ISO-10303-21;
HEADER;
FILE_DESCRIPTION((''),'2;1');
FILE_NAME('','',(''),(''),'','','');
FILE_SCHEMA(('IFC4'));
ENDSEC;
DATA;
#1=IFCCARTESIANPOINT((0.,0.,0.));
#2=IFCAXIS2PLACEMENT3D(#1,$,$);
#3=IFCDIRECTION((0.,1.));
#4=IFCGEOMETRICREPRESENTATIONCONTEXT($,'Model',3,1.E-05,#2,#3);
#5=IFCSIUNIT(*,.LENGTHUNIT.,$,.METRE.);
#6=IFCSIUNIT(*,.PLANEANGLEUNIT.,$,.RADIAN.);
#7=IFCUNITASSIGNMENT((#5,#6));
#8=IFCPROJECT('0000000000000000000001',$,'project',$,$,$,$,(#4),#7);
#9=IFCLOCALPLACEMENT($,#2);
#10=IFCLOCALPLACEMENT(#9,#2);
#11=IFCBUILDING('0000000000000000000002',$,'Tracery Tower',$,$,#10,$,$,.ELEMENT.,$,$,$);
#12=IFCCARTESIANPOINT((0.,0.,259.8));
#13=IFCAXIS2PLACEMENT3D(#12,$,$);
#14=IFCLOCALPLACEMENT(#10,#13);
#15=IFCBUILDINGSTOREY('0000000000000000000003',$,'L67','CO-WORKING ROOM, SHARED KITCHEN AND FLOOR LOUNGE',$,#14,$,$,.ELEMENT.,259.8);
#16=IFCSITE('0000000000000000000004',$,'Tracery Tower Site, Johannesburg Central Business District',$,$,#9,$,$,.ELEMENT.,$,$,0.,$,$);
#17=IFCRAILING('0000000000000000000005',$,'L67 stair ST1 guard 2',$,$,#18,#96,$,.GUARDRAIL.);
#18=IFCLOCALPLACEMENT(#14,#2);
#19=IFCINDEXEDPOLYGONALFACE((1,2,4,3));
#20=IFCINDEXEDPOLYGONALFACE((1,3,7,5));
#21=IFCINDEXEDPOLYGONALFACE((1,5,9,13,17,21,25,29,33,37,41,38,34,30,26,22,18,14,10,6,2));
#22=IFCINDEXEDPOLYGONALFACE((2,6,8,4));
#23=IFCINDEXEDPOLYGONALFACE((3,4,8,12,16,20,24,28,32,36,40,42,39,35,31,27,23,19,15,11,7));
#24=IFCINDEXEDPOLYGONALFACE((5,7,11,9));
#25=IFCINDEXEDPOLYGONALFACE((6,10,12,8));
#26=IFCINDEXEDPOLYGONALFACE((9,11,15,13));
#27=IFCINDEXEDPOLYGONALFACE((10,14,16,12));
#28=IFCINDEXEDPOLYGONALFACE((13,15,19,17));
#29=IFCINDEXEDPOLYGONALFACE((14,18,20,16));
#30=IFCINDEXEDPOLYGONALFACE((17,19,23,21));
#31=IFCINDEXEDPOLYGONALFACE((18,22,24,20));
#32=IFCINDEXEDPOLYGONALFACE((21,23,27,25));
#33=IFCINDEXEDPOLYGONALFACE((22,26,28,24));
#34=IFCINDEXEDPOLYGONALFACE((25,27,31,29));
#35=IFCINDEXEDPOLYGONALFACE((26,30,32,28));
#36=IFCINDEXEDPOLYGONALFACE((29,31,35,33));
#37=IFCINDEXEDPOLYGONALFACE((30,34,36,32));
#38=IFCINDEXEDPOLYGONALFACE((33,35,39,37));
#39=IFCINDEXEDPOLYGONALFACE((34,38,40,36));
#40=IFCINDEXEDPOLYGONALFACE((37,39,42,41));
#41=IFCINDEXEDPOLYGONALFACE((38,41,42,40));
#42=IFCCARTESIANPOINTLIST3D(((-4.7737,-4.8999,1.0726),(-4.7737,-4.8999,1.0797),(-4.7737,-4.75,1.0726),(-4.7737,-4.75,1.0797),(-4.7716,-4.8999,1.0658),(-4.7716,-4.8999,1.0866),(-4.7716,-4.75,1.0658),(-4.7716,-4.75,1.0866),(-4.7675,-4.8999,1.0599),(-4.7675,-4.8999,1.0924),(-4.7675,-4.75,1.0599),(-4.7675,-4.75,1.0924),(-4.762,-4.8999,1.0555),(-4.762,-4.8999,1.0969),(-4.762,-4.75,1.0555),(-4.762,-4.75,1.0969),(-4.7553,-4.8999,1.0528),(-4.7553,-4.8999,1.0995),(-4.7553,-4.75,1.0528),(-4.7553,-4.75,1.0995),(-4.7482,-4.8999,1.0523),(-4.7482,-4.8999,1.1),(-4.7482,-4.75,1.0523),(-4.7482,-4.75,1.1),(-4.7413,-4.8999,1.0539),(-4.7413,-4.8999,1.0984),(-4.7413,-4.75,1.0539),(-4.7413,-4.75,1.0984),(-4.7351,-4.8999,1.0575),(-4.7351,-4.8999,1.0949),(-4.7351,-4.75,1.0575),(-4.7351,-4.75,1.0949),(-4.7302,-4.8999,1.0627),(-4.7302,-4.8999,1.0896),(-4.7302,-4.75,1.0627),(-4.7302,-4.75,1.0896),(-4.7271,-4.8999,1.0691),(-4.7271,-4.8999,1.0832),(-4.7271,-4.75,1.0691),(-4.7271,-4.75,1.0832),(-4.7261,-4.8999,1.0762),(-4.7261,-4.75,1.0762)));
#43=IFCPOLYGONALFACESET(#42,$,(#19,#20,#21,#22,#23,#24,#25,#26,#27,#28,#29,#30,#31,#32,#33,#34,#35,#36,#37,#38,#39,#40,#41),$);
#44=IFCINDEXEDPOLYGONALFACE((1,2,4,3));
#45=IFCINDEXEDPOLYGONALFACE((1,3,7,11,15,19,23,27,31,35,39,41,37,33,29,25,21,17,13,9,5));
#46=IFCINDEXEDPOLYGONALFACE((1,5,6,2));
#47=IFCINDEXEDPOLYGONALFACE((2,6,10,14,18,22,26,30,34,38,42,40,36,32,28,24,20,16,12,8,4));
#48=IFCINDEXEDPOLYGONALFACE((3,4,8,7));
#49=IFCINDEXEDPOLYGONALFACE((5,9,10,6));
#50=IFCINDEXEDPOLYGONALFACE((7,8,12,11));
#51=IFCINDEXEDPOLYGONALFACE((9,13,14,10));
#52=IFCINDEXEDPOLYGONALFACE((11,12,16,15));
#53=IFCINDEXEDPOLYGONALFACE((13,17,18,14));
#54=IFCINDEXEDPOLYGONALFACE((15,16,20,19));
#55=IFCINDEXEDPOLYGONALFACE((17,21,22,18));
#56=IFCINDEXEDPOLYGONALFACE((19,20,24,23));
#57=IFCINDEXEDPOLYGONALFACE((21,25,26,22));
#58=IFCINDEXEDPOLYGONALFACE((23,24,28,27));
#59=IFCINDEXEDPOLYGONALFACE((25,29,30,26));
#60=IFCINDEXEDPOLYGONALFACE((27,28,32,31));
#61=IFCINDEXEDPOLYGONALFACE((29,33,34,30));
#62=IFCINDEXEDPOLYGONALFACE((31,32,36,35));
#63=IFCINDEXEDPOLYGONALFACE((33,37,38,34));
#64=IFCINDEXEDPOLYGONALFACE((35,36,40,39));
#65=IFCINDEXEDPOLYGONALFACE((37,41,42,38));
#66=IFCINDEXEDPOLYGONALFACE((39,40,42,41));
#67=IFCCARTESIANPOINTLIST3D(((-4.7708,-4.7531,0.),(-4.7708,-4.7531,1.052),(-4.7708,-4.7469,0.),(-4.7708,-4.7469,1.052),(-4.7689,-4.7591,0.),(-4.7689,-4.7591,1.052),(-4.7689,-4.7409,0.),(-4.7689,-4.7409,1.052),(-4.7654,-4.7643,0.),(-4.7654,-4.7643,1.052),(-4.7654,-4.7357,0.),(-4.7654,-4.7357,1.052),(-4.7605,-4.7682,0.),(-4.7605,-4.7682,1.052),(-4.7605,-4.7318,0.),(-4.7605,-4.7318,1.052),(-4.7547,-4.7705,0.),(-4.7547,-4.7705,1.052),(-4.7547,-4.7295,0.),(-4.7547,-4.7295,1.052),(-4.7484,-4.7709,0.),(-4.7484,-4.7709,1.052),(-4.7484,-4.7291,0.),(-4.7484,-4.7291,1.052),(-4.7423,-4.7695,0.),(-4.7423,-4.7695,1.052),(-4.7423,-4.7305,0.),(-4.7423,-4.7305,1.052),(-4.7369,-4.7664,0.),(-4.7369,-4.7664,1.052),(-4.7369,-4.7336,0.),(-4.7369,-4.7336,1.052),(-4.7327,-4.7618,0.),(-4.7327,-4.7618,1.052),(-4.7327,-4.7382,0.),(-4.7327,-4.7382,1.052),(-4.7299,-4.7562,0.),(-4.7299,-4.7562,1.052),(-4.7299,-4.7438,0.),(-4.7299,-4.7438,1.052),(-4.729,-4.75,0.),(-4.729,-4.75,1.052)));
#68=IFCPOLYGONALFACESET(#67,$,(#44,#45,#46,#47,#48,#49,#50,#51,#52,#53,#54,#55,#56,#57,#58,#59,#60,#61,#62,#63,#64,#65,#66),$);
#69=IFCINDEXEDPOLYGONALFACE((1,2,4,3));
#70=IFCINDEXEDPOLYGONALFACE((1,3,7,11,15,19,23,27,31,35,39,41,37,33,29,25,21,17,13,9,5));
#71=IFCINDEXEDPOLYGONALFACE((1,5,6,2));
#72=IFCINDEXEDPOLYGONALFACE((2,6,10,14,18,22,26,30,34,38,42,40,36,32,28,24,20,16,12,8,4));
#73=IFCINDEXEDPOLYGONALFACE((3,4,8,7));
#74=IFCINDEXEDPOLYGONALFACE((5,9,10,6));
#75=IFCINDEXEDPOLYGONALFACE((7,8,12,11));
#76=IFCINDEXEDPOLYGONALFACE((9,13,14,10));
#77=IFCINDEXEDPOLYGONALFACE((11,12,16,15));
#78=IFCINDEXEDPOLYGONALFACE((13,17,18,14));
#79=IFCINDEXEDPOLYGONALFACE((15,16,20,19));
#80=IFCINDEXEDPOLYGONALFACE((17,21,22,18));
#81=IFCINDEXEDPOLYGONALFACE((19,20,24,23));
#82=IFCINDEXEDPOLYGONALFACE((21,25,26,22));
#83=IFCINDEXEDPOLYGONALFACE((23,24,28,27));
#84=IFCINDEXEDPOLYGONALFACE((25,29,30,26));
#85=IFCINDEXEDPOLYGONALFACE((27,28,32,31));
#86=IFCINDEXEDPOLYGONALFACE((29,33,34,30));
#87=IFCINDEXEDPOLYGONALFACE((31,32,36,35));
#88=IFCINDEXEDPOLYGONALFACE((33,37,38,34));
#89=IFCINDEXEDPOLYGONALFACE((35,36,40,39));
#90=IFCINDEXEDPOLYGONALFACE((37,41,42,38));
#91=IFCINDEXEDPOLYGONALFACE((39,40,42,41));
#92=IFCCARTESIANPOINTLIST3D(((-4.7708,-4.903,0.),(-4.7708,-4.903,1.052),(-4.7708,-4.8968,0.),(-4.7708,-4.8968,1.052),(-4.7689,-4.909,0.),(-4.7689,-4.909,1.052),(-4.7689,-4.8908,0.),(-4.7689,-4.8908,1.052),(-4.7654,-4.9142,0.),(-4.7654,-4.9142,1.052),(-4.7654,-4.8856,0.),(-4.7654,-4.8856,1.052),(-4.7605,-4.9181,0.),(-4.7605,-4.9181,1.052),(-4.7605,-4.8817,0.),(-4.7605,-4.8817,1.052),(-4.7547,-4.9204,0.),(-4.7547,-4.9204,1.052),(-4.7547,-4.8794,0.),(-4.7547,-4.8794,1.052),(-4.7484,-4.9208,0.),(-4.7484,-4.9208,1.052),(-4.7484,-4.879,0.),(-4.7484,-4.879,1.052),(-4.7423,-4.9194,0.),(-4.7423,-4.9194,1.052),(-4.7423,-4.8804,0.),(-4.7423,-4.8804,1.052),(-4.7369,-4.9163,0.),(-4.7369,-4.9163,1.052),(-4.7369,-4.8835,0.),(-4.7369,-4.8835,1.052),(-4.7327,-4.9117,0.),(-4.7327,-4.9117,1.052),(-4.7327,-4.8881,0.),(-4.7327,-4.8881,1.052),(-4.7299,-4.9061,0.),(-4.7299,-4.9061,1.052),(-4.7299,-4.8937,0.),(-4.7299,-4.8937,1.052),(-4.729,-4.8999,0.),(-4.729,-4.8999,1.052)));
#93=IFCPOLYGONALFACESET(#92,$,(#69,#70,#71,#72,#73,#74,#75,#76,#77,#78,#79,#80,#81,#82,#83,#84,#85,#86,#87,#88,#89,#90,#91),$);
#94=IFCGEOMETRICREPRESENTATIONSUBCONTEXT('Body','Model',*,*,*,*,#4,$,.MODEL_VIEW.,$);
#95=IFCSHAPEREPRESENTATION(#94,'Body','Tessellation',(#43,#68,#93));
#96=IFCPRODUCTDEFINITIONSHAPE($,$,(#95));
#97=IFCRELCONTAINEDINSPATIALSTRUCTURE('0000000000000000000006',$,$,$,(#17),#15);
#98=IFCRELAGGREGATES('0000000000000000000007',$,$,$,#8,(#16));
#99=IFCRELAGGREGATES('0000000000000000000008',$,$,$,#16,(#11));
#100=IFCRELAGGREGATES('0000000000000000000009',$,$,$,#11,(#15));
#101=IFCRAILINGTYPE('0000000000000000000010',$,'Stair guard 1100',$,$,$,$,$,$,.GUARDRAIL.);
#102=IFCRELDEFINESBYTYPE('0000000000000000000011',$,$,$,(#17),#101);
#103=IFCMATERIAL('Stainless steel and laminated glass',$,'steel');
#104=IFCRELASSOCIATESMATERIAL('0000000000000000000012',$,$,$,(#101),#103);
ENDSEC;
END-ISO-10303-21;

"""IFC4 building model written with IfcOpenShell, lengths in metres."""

from ifc_helpers import new_model, si_unit, direction, frame, origin, origin_2d, place, context, subcontext, project, spatial, circle, extrude, material, type_object, element, save


model = new_model("IFC4")

# Units and contexts
model_context = context("Model", 3, precision=1e-05, world=origin(), true_north=direction((0.0, 1.0)))
body_context = subcontext(model_context, "Body", "Model", "MODEL_VIEW")
ifc_project = project(units=[si_unit("LENGTHUNIT", "METRE"), si_unit("PLANEANGLEUNIT", "RADIAN")], contexts=[model_context])

# Site, building, storey
site_placement = place(None, origin())
site = spatial("IfcSite", under=ifc_project, at=site_placement, Name="Tracery Tower Site, Johannesburg Central Business District", CompositionType="ELEMENT", RefElevation=0.0)
building_placement = place(site_placement, origin())
building = spatial("IfcBuilding", under=site, at=building_placement, Name="Tracery Tower", CompositionType="ELEMENT")
storey_placement = place(building_placement, frame((0.0, 0.0, 259.8)))
storey = spatial("IfcBuildingStorey", under=building, at=storey_placement, Name="L67", Description="CO-WORKING ROOM, SHARED KITCHEN AND FLOOR LOUNGE", CompositionType="ELEMENT", Elevation=259.8)

# Railing
ifc_material_1 = material(Name="Stainless steel and laminated glass", Category="steel")
railing_type_1 = type_object("IfcRailingType", Name="Stair guard 1100", PredefinedType="GUARDRAIL", material=ifc_material_1)
railing_1_placement = place(storey_placement, frame((-4.75, -4.75, 0.0)))
element("IfcRailing", 1, at=railing_1_placement, inside=storey, type_object=railing_type_1, Name="L67 stair ST1 guard 2", PredefinedType="GUARDRAIL", context=body_context, shape_type="SweptSolid", body=[
    extrude(circle(Radius=0.0239, at=origin_2d()), frame((0.0, 0.0, 1.0762), z_axis=(0.0, -1.0, 0.0), x_axis=(1.0, 0.0, 0.0)), (0.0, 0.0, 1.0), 0.1499),
    extrude(circle(Radius=0.021, at=origin_2d()), origin(), (0.0, 0.0, 1.0), 1.052),
    extrude(circle(Radius=0.021, at=origin_2d()), frame((0.0, -0.1499, 0.0)), (0.0, 0.0, 1.0), 1.052),
])

save(model, "model.ifc")
